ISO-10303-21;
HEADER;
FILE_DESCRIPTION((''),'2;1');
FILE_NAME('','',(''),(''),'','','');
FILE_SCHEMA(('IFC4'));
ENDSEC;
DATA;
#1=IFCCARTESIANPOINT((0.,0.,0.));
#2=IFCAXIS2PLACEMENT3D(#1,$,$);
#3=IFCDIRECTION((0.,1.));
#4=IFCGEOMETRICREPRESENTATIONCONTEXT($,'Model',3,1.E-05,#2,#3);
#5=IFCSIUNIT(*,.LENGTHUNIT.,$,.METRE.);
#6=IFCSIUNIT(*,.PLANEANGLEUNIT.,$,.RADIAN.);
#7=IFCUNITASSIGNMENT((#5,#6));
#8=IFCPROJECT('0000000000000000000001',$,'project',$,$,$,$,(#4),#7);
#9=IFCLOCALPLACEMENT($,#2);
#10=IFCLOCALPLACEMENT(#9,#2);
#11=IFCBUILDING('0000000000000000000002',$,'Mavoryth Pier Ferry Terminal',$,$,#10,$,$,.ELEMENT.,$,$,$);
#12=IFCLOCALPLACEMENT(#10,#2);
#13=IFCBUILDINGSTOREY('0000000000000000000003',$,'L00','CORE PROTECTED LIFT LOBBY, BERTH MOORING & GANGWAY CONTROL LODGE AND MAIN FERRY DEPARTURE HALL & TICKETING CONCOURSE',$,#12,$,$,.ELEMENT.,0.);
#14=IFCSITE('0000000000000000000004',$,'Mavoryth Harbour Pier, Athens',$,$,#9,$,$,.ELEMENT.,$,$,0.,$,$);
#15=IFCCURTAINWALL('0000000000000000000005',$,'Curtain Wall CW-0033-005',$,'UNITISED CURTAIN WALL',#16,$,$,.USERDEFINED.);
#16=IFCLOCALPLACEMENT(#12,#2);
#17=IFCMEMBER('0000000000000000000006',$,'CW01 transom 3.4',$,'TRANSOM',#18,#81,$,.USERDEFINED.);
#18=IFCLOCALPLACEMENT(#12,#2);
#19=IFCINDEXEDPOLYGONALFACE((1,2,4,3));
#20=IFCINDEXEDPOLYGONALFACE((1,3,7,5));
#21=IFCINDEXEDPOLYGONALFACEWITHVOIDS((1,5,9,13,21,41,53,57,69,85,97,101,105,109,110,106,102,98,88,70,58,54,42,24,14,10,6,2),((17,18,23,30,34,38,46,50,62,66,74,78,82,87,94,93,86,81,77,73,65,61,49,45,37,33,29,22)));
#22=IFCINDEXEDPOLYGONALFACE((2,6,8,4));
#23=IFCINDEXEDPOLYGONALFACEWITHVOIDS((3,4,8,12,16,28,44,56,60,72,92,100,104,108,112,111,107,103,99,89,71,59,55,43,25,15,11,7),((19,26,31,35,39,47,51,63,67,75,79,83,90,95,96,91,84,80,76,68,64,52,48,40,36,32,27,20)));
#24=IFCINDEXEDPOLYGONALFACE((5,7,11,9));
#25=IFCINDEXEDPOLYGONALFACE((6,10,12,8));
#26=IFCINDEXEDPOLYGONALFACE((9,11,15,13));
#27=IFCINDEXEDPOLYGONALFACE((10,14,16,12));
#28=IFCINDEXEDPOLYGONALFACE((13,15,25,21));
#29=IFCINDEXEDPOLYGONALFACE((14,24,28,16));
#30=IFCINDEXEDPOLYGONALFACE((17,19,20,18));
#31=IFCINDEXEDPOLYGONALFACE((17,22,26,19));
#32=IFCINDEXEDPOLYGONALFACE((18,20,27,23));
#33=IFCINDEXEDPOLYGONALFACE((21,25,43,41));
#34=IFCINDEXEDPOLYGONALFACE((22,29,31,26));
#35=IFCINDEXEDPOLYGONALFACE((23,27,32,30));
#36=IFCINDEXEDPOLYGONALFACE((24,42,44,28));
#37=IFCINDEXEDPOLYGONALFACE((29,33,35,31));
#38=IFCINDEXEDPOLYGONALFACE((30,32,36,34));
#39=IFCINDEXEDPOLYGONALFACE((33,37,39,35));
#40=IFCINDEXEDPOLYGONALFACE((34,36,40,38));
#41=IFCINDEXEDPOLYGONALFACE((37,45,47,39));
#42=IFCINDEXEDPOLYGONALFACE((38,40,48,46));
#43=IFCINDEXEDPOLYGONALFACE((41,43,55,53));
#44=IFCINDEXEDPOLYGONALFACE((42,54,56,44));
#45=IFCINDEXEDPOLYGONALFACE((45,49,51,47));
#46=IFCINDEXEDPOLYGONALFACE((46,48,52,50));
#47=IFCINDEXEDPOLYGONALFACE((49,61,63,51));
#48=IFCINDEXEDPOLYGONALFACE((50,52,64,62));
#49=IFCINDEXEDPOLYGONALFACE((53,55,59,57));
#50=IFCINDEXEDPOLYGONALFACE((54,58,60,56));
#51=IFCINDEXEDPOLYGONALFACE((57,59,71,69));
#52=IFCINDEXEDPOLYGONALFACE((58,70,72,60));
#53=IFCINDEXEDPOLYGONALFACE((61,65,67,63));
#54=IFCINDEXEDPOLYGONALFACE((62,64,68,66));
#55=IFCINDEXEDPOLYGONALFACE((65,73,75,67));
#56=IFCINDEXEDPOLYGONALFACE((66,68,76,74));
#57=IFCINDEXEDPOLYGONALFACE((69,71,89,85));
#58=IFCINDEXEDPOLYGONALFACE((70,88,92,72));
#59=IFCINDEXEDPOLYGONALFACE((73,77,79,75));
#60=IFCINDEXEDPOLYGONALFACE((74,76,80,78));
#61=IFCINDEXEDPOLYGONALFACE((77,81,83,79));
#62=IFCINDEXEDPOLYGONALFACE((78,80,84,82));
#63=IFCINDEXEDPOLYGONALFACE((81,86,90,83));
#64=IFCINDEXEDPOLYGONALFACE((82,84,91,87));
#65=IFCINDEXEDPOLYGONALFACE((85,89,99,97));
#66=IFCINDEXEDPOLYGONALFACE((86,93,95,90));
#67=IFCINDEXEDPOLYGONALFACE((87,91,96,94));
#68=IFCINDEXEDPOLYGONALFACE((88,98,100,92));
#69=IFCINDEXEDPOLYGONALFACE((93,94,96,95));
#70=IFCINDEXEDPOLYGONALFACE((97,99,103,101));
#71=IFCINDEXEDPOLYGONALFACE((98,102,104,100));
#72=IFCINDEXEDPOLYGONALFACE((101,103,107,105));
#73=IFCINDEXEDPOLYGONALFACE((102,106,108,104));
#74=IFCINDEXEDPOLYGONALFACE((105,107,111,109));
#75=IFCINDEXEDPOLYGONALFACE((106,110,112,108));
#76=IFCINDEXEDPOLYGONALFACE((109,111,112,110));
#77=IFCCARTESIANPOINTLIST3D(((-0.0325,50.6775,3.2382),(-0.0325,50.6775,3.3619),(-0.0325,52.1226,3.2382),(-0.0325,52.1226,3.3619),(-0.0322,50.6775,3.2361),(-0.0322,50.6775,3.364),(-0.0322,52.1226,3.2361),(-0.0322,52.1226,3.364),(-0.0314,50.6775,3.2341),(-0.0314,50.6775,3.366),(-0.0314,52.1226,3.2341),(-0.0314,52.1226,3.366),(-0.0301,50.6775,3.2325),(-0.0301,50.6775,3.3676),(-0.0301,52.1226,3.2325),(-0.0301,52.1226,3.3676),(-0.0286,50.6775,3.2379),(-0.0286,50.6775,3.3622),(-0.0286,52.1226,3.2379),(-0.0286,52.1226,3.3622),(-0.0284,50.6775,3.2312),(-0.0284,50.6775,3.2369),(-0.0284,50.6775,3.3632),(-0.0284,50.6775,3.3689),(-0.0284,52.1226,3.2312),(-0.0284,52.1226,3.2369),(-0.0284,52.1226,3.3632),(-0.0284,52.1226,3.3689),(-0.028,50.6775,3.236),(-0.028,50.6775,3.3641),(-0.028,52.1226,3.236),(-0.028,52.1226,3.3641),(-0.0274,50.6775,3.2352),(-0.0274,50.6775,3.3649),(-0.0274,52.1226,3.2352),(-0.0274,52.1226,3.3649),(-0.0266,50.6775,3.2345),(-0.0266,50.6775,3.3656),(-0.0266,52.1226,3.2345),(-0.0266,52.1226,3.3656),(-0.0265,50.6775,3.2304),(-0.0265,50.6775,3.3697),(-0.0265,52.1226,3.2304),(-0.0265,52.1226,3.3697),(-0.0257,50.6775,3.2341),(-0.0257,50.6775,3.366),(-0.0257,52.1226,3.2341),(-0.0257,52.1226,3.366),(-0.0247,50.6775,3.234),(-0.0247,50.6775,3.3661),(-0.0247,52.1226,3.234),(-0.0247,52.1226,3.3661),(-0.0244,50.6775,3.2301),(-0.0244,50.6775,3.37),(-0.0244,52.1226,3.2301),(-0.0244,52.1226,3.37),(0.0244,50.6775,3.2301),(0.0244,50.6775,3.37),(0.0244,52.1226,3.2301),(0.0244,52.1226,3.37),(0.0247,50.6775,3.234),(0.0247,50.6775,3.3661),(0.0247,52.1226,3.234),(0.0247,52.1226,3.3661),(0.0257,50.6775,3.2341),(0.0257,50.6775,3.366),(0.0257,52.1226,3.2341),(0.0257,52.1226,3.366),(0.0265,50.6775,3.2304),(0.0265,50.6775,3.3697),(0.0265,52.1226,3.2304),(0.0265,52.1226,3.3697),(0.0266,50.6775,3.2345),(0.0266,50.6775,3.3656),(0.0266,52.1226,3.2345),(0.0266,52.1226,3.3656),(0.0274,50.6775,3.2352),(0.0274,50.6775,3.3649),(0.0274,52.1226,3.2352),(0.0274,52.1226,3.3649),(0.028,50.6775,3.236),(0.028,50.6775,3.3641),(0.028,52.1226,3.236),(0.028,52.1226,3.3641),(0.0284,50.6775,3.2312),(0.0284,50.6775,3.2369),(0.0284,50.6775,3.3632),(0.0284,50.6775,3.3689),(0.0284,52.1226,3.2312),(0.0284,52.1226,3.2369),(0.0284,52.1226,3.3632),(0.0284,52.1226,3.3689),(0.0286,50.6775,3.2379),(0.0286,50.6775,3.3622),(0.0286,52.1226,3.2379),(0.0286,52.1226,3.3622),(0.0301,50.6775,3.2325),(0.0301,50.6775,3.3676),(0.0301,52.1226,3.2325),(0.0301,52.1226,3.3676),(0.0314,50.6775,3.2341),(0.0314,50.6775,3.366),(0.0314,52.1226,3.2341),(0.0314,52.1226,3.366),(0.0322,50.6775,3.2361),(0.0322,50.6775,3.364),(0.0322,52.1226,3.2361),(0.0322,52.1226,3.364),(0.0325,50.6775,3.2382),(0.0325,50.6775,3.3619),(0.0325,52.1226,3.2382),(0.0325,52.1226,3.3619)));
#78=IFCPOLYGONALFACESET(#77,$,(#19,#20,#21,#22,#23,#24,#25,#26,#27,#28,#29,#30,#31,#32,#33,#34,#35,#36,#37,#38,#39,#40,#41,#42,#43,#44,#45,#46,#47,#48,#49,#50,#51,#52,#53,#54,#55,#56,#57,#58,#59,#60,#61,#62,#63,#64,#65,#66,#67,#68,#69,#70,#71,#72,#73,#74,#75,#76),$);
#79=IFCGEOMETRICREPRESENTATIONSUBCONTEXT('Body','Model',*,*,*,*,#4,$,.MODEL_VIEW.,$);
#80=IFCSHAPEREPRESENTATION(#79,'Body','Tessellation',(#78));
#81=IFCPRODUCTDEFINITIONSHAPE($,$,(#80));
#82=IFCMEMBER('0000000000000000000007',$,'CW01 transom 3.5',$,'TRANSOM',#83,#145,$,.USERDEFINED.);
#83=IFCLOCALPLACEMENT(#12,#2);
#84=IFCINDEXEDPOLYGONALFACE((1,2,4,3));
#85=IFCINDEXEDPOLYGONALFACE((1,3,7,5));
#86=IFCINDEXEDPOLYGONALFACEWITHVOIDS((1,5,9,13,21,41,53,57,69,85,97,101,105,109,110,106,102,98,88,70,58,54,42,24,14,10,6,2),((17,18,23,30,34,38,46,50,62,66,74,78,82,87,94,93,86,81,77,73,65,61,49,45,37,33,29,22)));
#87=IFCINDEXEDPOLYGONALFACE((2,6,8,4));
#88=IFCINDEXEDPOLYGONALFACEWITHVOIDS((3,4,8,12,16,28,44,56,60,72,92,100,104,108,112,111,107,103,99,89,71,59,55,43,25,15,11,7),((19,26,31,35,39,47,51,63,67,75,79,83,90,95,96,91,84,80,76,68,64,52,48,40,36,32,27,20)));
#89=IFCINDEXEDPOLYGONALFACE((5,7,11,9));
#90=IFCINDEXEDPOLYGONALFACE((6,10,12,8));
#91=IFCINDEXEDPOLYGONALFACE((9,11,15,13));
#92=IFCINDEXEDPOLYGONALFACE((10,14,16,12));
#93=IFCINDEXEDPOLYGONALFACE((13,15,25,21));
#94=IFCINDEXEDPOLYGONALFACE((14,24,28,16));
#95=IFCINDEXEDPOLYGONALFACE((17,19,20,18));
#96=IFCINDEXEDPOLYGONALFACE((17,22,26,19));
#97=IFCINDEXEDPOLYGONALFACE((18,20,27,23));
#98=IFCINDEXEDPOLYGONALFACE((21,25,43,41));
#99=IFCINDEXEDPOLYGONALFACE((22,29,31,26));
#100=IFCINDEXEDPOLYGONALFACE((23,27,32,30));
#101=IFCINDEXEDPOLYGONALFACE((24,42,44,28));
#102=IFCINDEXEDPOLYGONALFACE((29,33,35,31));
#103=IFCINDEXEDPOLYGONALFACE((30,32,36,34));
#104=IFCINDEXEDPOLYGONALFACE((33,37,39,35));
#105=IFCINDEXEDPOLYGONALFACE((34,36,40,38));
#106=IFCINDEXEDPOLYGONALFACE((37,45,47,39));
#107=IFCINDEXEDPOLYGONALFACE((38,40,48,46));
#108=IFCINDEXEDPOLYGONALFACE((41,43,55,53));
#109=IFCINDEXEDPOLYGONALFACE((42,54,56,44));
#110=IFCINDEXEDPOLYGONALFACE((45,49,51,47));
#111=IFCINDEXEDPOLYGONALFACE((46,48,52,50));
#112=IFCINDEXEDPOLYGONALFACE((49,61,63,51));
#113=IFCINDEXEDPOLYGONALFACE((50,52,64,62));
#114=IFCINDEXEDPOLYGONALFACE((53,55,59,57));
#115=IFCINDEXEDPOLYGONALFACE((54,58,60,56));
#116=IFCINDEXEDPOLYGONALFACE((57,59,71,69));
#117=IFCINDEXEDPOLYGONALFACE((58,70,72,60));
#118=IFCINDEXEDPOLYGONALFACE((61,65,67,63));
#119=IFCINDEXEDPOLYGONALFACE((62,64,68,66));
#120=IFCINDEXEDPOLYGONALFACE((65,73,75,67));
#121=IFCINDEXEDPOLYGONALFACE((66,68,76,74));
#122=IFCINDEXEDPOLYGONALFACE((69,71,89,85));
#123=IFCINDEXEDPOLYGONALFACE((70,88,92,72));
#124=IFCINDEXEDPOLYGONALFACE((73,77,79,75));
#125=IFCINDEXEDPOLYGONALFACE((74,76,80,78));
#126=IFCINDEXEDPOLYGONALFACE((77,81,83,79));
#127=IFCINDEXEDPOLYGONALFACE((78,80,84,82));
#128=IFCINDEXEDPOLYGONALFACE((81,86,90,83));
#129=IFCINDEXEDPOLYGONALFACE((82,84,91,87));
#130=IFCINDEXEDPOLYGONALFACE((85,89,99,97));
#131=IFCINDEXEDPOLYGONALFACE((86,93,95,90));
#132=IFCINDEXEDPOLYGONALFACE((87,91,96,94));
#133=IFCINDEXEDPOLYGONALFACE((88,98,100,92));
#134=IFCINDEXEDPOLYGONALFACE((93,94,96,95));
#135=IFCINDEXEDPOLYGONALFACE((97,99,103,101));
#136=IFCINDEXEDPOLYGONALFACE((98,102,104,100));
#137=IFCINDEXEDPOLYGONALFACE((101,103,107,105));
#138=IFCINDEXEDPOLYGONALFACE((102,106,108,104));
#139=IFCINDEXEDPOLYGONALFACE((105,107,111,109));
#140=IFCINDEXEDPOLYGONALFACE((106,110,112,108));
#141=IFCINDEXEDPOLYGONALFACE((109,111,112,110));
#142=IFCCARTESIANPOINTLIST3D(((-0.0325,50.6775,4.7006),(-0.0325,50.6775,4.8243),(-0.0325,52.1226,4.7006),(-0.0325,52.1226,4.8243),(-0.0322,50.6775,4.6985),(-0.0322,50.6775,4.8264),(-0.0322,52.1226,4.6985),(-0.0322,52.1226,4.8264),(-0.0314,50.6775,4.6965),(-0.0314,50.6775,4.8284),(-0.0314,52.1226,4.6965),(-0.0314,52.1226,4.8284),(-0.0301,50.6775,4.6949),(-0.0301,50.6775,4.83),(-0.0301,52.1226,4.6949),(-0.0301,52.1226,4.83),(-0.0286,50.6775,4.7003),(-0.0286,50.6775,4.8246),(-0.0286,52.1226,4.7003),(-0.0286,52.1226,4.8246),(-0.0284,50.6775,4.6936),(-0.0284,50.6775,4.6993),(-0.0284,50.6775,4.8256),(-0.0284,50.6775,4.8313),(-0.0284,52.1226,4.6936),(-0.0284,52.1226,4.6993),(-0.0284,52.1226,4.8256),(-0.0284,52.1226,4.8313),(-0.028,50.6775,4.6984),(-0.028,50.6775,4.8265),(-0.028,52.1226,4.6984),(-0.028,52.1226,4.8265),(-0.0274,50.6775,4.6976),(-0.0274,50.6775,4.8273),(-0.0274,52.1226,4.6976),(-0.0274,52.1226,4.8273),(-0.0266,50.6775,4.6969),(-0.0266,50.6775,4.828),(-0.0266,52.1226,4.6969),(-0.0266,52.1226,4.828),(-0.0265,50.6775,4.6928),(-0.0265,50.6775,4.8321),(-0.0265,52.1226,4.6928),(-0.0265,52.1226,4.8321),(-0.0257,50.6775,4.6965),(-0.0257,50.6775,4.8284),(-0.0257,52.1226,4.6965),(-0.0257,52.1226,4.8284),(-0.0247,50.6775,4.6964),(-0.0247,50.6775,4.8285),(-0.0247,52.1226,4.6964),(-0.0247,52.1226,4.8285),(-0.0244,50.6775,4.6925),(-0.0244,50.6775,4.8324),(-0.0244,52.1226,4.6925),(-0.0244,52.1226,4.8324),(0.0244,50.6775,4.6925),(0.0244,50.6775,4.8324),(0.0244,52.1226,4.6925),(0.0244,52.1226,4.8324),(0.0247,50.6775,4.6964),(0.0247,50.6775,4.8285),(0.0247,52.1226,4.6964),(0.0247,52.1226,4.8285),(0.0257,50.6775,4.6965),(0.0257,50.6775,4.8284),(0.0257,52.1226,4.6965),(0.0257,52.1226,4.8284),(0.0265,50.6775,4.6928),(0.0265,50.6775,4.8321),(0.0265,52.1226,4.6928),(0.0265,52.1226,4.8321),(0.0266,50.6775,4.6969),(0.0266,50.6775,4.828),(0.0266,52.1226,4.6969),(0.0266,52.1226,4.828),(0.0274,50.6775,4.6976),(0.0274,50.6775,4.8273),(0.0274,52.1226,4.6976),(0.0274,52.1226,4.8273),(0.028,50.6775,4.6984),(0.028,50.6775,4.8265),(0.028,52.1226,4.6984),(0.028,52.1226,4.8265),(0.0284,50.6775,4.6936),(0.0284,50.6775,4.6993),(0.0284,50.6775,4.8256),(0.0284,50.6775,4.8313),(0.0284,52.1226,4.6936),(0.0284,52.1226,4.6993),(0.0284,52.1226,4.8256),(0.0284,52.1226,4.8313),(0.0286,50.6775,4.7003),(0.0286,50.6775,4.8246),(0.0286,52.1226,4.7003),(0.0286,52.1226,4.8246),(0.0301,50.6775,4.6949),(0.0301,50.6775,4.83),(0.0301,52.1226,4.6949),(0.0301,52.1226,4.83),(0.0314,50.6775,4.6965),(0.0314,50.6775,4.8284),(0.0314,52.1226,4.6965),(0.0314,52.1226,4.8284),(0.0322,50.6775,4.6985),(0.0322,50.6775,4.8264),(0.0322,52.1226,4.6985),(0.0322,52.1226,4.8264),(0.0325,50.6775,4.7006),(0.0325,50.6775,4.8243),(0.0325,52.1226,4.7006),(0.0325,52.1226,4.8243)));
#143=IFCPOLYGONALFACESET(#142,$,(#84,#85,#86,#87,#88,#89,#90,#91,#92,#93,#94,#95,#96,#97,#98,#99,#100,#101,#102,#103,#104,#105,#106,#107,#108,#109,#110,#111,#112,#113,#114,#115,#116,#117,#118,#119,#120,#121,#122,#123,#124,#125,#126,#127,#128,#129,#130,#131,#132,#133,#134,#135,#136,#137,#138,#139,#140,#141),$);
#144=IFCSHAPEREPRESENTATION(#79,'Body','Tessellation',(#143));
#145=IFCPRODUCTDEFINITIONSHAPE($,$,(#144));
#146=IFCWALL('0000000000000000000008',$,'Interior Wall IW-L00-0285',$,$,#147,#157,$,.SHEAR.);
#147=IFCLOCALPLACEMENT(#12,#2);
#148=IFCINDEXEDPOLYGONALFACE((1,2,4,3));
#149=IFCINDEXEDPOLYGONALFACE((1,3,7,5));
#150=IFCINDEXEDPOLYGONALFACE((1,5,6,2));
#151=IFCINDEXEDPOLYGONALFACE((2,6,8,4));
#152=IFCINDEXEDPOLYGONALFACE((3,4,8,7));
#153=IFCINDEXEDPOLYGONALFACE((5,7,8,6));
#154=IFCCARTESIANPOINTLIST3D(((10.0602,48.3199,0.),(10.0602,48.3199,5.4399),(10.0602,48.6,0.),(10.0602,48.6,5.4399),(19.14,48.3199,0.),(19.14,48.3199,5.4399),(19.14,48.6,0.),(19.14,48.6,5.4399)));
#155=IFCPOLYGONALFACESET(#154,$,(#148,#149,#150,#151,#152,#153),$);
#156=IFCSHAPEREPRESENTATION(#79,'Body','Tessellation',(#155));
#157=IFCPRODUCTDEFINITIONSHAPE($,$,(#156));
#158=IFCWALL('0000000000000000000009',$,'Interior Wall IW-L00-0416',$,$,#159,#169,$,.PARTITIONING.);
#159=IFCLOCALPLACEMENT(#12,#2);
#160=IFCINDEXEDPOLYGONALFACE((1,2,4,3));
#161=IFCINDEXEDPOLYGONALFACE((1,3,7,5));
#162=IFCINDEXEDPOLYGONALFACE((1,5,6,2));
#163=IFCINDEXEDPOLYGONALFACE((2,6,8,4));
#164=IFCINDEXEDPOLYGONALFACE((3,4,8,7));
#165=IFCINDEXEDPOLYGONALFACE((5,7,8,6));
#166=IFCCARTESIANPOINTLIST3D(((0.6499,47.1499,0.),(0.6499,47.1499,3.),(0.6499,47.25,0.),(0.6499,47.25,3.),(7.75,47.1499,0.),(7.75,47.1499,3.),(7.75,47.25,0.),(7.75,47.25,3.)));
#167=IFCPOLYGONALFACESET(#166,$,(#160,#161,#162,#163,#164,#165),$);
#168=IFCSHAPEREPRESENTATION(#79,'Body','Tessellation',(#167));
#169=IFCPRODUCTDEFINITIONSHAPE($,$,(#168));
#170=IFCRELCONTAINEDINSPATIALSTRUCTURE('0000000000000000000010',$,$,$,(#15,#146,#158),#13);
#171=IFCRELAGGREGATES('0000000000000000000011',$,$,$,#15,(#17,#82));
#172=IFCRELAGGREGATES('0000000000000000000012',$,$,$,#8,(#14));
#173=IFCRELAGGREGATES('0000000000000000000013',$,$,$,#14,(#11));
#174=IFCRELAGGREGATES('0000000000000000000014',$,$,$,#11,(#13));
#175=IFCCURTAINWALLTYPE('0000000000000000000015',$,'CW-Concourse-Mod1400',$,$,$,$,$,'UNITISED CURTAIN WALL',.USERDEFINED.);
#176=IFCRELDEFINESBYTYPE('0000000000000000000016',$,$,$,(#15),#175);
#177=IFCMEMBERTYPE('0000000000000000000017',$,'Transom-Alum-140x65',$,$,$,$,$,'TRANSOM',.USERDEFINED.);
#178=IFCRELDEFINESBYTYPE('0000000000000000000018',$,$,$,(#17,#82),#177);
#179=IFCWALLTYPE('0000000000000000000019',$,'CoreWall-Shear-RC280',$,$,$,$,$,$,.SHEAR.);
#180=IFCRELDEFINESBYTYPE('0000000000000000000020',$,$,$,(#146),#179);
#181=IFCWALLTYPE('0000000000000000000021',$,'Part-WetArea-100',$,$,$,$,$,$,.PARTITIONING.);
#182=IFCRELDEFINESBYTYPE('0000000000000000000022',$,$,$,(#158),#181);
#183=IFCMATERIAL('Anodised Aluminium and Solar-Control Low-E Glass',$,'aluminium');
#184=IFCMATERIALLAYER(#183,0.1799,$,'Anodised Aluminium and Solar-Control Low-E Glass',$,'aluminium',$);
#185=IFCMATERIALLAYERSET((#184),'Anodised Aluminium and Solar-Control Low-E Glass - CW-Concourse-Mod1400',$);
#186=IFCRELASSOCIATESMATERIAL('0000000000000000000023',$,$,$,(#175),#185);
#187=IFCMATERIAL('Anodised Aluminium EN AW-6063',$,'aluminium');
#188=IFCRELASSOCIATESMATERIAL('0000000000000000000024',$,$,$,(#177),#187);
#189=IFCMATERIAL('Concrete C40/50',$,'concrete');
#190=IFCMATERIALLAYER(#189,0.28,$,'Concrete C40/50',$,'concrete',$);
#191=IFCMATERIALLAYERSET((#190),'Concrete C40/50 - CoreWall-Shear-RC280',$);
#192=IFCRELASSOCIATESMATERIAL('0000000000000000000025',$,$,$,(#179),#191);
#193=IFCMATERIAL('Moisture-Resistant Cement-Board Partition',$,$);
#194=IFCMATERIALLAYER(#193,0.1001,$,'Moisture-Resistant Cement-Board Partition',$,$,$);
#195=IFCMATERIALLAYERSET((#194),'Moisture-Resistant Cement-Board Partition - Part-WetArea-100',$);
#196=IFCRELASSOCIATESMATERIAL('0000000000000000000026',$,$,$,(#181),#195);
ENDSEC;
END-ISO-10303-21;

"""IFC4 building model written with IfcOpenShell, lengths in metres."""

from ifc_helpers import new_model, si_unit, direction, frame, frame_2d, origin, origin_2d, place, context, subcontext, project, spatial, rectangle, hollow_rectangle, extrude, material, layer, layer_set, material_profile, profile_set, type_object, element, aggregate, save


model = new_model("IFC4")

# Units and contexts
model_context = context("Model", 3, precision=1e-05, world=origin(), true_north=direction((0.0, 1.0)))
body_context = subcontext(model_context, "Body", "Model", "MODEL_VIEW")
ifc_project = project(units=[si_unit("LENGTHUNIT", "METRE"), si_unit("PLANEANGLEUNIT", "RADIAN")], contexts=[model_context])

# Site, building, storey
site_placement = place(None, origin())
site = spatial("IfcSite", under=ifc_project, at=site_placement, Name="Mavoryth Harbour Pier, Athens", CompositionType="ELEMENT", RefElevation=0.0)
building_placement = place(site_placement, origin())
building = spatial("IfcBuilding", under=site, at=building_placement, Name="Mavoryth Pier Ferry Terminal", CompositionType="ELEMENT")
storey_placement = place(building_placement, origin())
storey = spatial("IfcBuildingStorey", under=building, at=storey_placement, Name="L00", Description="CORE PROTECTED LIFT LOBBY, BERTH MOORING & GANGWAY CONTROL LODGE AND MAIN FERRY DEPARTURE HALL & TICKETING CONCOURSE", CompositionType="ELEMENT", Elevation=0.0)

# Shared definitions
ifc_material_1 = material(Name="Concrete C40/50", Category="concrete")

# Curtain wall, members
ifc_material_2 = material(Name="Anodised Aluminium and Solar-Control Low-E Glass", Category="aluminium")
ifc_layer_1 = layer(ifc_material_2, 0.1799, Name="Anodised Aluminium and Solar-Control Low-E Glass", Category="aluminium")
ifc_layer_set_1 = layer_set([ifc_layer_1], Name="Anodised Aluminium and Solar-Control Low-E Glass - CW-Concourse-Mod1400")
curtain_wall_type = type_object("IfcCurtainWallType", Name="CW-Concourse-Mod1400", ElementType="UNITISED CURTAIN WALL", PredefinedType="USERDEFINED", material=ifc_layer_set_1)
curtain_wall_placement = place(storey_placement, origin())
curtain_wall = element("IfcCurtainWall", 1, at=curtain_wall_placement, inside=storey, type_object=curtain_wall_type, Name="Curtain Wall CW-0033-005", ObjectType="UNITISED CURTAIN WALL", PredefinedType="USERDEFINED")
ifc_material_3 = material(Name="Anodised Aluminium EN AW-6063", Category="aluminium")
ifc_material_profile_1 = material_profile(ifc_material_3, hollow_rectangle(XDim=0.0649, YDim=0.1399, WallThickness=0.0039, InnerFilletRadius=0.0039, OuterFilletRadius=0.0081, at=origin_2d()), Name="AL-TRAN 140x65x4", Category="aluminium")
ifc_profile_set_1 = profile_set([ifc_material_profile_1], Name="Anodised Aluminium EN AW-6063 - AL-TRAN 140x65x4")
member_type = type_object("IfcMemberType", Name="Transom-Alum-140x65", ElementType="TRANSOM", PredefinedType="USERDEFINED", material=ifc_profile_set_1)
member_1_placement = place(storey_placement, frame((0.0, 52.1226, 3.3), z_axis=(0.0, -1.0, 0.0), x_axis=(1.0, 0.0, 0.0)))
member_1 = element("IfcMember", 2, at=member_1_placement, type_object=member_type, Name="CW01 transom 3.4", ObjectType="TRANSOM", PredefinedType="USERDEFINED", context=body_context, shape_type="SweptSolid", body=[
    extrude(hollow_rectangle(XDim=0.0649, YDim=0.1399, WallThickness=0.0039, InnerFilletRadius=0.0039, OuterFilletRadius=0.0081, at=origin_2d()), origin(), (0.0, 0.0, 1.0), 1.4451),
])
member_2_placement = place(storey_placement, frame((0.0, 52.1226, 4.7625), z_axis=(0.0, -1.0, 0.0), x_axis=(1.0, 0.0, 0.0)))
member_2 = element("IfcMember", 3, at=member_2_placement, type_object=member_type, Name="CW01 transom 3.5", ObjectType="TRANSOM", PredefinedType="USERDEFINED", context=body_context, shape_type="SweptSolid", body=[
    extrude(hollow_rectangle(XDim=0.0649, YDim=0.1399, WallThickness=0.0039, InnerFilletRadius=0.0039, OuterFilletRadius=0.0081, at=origin_2d()), origin(), (0.0, 0.0, 1.0), 1.4451),
])
aggregate(curtain_wall, [member_1, member_2])

# Walls
ifc_layer_2 = layer(ifc_material_1, 0.28, Name="Concrete C40/50", Category="concrete")
ifc_layer_set_2 = layer_set([ifc_layer_2], Name="Concrete C40/50 - CoreWall-Shear-RC280")
wall_type_1 = type_object("IfcWallType", Name="CoreWall-Shear-RC280", PredefinedType="SHEAR", material=ifc_layer_set_2)
wall_1_placement = place(storey_placement, frame((10.0601, 48.46, 0.0), z_axis=(0.0, 0.0, 1.0), x_axis=(1.0, 0.0, 0.0)))
element("IfcWall", 4, at=wall_1_placement, inside=storey, type_object=wall_type_1, Name="Interior Wall IW-L00-0285", PredefinedType="SHEAR", context=body_context, shape_type="SweptSolid", body=[
    extrude(rectangle(XDim=9.0798, YDim=0.28, at=frame_2d((4.54, 0.0))), origin(), (0.0, 0.0, 1.0), 5.4399),
])
ifc_material_4 = material(Name="Moisture-Resistant Cement-Board Partition")
ifc_layer_3 = layer(ifc_material_4, 0.1001, Name="Moisture-Resistant Cement-Board Partition")
ifc_layer_set_3 = layer_set([ifc_layer_3], Name="Moisture-Resistant Cement-Board Partition - Part-WetArea-100")
wall_type_2 = type_object("IfcWallType", Name="Part-WetArea-100", PredefinedType="PARTITIONING", material=ifc_layer_set_3)
wall_2_placement = place(storey_placement, frame((0.6499, 47.2, 0.0), z_axis=(0.0, 0.0, 1.0), x_axis=(1.0, 0.0, 0.0)))
element("IfcWall", 5, at=wall_2_placement, inside=storey, type_object=wall_type_2, Name="Interior Wall IW-L00-0416", PredefinedType="PARTITIONING", context=body_context, shape_type="SweptSolid", body=[
    extrude(rectangle(XDim=7.1001, YDim=0.1001, at=frame_2d((3.55, 0.0))), origin(), (0.0, 0.0, 1.0), 3.0),
])

save(model, "model.ifc")
